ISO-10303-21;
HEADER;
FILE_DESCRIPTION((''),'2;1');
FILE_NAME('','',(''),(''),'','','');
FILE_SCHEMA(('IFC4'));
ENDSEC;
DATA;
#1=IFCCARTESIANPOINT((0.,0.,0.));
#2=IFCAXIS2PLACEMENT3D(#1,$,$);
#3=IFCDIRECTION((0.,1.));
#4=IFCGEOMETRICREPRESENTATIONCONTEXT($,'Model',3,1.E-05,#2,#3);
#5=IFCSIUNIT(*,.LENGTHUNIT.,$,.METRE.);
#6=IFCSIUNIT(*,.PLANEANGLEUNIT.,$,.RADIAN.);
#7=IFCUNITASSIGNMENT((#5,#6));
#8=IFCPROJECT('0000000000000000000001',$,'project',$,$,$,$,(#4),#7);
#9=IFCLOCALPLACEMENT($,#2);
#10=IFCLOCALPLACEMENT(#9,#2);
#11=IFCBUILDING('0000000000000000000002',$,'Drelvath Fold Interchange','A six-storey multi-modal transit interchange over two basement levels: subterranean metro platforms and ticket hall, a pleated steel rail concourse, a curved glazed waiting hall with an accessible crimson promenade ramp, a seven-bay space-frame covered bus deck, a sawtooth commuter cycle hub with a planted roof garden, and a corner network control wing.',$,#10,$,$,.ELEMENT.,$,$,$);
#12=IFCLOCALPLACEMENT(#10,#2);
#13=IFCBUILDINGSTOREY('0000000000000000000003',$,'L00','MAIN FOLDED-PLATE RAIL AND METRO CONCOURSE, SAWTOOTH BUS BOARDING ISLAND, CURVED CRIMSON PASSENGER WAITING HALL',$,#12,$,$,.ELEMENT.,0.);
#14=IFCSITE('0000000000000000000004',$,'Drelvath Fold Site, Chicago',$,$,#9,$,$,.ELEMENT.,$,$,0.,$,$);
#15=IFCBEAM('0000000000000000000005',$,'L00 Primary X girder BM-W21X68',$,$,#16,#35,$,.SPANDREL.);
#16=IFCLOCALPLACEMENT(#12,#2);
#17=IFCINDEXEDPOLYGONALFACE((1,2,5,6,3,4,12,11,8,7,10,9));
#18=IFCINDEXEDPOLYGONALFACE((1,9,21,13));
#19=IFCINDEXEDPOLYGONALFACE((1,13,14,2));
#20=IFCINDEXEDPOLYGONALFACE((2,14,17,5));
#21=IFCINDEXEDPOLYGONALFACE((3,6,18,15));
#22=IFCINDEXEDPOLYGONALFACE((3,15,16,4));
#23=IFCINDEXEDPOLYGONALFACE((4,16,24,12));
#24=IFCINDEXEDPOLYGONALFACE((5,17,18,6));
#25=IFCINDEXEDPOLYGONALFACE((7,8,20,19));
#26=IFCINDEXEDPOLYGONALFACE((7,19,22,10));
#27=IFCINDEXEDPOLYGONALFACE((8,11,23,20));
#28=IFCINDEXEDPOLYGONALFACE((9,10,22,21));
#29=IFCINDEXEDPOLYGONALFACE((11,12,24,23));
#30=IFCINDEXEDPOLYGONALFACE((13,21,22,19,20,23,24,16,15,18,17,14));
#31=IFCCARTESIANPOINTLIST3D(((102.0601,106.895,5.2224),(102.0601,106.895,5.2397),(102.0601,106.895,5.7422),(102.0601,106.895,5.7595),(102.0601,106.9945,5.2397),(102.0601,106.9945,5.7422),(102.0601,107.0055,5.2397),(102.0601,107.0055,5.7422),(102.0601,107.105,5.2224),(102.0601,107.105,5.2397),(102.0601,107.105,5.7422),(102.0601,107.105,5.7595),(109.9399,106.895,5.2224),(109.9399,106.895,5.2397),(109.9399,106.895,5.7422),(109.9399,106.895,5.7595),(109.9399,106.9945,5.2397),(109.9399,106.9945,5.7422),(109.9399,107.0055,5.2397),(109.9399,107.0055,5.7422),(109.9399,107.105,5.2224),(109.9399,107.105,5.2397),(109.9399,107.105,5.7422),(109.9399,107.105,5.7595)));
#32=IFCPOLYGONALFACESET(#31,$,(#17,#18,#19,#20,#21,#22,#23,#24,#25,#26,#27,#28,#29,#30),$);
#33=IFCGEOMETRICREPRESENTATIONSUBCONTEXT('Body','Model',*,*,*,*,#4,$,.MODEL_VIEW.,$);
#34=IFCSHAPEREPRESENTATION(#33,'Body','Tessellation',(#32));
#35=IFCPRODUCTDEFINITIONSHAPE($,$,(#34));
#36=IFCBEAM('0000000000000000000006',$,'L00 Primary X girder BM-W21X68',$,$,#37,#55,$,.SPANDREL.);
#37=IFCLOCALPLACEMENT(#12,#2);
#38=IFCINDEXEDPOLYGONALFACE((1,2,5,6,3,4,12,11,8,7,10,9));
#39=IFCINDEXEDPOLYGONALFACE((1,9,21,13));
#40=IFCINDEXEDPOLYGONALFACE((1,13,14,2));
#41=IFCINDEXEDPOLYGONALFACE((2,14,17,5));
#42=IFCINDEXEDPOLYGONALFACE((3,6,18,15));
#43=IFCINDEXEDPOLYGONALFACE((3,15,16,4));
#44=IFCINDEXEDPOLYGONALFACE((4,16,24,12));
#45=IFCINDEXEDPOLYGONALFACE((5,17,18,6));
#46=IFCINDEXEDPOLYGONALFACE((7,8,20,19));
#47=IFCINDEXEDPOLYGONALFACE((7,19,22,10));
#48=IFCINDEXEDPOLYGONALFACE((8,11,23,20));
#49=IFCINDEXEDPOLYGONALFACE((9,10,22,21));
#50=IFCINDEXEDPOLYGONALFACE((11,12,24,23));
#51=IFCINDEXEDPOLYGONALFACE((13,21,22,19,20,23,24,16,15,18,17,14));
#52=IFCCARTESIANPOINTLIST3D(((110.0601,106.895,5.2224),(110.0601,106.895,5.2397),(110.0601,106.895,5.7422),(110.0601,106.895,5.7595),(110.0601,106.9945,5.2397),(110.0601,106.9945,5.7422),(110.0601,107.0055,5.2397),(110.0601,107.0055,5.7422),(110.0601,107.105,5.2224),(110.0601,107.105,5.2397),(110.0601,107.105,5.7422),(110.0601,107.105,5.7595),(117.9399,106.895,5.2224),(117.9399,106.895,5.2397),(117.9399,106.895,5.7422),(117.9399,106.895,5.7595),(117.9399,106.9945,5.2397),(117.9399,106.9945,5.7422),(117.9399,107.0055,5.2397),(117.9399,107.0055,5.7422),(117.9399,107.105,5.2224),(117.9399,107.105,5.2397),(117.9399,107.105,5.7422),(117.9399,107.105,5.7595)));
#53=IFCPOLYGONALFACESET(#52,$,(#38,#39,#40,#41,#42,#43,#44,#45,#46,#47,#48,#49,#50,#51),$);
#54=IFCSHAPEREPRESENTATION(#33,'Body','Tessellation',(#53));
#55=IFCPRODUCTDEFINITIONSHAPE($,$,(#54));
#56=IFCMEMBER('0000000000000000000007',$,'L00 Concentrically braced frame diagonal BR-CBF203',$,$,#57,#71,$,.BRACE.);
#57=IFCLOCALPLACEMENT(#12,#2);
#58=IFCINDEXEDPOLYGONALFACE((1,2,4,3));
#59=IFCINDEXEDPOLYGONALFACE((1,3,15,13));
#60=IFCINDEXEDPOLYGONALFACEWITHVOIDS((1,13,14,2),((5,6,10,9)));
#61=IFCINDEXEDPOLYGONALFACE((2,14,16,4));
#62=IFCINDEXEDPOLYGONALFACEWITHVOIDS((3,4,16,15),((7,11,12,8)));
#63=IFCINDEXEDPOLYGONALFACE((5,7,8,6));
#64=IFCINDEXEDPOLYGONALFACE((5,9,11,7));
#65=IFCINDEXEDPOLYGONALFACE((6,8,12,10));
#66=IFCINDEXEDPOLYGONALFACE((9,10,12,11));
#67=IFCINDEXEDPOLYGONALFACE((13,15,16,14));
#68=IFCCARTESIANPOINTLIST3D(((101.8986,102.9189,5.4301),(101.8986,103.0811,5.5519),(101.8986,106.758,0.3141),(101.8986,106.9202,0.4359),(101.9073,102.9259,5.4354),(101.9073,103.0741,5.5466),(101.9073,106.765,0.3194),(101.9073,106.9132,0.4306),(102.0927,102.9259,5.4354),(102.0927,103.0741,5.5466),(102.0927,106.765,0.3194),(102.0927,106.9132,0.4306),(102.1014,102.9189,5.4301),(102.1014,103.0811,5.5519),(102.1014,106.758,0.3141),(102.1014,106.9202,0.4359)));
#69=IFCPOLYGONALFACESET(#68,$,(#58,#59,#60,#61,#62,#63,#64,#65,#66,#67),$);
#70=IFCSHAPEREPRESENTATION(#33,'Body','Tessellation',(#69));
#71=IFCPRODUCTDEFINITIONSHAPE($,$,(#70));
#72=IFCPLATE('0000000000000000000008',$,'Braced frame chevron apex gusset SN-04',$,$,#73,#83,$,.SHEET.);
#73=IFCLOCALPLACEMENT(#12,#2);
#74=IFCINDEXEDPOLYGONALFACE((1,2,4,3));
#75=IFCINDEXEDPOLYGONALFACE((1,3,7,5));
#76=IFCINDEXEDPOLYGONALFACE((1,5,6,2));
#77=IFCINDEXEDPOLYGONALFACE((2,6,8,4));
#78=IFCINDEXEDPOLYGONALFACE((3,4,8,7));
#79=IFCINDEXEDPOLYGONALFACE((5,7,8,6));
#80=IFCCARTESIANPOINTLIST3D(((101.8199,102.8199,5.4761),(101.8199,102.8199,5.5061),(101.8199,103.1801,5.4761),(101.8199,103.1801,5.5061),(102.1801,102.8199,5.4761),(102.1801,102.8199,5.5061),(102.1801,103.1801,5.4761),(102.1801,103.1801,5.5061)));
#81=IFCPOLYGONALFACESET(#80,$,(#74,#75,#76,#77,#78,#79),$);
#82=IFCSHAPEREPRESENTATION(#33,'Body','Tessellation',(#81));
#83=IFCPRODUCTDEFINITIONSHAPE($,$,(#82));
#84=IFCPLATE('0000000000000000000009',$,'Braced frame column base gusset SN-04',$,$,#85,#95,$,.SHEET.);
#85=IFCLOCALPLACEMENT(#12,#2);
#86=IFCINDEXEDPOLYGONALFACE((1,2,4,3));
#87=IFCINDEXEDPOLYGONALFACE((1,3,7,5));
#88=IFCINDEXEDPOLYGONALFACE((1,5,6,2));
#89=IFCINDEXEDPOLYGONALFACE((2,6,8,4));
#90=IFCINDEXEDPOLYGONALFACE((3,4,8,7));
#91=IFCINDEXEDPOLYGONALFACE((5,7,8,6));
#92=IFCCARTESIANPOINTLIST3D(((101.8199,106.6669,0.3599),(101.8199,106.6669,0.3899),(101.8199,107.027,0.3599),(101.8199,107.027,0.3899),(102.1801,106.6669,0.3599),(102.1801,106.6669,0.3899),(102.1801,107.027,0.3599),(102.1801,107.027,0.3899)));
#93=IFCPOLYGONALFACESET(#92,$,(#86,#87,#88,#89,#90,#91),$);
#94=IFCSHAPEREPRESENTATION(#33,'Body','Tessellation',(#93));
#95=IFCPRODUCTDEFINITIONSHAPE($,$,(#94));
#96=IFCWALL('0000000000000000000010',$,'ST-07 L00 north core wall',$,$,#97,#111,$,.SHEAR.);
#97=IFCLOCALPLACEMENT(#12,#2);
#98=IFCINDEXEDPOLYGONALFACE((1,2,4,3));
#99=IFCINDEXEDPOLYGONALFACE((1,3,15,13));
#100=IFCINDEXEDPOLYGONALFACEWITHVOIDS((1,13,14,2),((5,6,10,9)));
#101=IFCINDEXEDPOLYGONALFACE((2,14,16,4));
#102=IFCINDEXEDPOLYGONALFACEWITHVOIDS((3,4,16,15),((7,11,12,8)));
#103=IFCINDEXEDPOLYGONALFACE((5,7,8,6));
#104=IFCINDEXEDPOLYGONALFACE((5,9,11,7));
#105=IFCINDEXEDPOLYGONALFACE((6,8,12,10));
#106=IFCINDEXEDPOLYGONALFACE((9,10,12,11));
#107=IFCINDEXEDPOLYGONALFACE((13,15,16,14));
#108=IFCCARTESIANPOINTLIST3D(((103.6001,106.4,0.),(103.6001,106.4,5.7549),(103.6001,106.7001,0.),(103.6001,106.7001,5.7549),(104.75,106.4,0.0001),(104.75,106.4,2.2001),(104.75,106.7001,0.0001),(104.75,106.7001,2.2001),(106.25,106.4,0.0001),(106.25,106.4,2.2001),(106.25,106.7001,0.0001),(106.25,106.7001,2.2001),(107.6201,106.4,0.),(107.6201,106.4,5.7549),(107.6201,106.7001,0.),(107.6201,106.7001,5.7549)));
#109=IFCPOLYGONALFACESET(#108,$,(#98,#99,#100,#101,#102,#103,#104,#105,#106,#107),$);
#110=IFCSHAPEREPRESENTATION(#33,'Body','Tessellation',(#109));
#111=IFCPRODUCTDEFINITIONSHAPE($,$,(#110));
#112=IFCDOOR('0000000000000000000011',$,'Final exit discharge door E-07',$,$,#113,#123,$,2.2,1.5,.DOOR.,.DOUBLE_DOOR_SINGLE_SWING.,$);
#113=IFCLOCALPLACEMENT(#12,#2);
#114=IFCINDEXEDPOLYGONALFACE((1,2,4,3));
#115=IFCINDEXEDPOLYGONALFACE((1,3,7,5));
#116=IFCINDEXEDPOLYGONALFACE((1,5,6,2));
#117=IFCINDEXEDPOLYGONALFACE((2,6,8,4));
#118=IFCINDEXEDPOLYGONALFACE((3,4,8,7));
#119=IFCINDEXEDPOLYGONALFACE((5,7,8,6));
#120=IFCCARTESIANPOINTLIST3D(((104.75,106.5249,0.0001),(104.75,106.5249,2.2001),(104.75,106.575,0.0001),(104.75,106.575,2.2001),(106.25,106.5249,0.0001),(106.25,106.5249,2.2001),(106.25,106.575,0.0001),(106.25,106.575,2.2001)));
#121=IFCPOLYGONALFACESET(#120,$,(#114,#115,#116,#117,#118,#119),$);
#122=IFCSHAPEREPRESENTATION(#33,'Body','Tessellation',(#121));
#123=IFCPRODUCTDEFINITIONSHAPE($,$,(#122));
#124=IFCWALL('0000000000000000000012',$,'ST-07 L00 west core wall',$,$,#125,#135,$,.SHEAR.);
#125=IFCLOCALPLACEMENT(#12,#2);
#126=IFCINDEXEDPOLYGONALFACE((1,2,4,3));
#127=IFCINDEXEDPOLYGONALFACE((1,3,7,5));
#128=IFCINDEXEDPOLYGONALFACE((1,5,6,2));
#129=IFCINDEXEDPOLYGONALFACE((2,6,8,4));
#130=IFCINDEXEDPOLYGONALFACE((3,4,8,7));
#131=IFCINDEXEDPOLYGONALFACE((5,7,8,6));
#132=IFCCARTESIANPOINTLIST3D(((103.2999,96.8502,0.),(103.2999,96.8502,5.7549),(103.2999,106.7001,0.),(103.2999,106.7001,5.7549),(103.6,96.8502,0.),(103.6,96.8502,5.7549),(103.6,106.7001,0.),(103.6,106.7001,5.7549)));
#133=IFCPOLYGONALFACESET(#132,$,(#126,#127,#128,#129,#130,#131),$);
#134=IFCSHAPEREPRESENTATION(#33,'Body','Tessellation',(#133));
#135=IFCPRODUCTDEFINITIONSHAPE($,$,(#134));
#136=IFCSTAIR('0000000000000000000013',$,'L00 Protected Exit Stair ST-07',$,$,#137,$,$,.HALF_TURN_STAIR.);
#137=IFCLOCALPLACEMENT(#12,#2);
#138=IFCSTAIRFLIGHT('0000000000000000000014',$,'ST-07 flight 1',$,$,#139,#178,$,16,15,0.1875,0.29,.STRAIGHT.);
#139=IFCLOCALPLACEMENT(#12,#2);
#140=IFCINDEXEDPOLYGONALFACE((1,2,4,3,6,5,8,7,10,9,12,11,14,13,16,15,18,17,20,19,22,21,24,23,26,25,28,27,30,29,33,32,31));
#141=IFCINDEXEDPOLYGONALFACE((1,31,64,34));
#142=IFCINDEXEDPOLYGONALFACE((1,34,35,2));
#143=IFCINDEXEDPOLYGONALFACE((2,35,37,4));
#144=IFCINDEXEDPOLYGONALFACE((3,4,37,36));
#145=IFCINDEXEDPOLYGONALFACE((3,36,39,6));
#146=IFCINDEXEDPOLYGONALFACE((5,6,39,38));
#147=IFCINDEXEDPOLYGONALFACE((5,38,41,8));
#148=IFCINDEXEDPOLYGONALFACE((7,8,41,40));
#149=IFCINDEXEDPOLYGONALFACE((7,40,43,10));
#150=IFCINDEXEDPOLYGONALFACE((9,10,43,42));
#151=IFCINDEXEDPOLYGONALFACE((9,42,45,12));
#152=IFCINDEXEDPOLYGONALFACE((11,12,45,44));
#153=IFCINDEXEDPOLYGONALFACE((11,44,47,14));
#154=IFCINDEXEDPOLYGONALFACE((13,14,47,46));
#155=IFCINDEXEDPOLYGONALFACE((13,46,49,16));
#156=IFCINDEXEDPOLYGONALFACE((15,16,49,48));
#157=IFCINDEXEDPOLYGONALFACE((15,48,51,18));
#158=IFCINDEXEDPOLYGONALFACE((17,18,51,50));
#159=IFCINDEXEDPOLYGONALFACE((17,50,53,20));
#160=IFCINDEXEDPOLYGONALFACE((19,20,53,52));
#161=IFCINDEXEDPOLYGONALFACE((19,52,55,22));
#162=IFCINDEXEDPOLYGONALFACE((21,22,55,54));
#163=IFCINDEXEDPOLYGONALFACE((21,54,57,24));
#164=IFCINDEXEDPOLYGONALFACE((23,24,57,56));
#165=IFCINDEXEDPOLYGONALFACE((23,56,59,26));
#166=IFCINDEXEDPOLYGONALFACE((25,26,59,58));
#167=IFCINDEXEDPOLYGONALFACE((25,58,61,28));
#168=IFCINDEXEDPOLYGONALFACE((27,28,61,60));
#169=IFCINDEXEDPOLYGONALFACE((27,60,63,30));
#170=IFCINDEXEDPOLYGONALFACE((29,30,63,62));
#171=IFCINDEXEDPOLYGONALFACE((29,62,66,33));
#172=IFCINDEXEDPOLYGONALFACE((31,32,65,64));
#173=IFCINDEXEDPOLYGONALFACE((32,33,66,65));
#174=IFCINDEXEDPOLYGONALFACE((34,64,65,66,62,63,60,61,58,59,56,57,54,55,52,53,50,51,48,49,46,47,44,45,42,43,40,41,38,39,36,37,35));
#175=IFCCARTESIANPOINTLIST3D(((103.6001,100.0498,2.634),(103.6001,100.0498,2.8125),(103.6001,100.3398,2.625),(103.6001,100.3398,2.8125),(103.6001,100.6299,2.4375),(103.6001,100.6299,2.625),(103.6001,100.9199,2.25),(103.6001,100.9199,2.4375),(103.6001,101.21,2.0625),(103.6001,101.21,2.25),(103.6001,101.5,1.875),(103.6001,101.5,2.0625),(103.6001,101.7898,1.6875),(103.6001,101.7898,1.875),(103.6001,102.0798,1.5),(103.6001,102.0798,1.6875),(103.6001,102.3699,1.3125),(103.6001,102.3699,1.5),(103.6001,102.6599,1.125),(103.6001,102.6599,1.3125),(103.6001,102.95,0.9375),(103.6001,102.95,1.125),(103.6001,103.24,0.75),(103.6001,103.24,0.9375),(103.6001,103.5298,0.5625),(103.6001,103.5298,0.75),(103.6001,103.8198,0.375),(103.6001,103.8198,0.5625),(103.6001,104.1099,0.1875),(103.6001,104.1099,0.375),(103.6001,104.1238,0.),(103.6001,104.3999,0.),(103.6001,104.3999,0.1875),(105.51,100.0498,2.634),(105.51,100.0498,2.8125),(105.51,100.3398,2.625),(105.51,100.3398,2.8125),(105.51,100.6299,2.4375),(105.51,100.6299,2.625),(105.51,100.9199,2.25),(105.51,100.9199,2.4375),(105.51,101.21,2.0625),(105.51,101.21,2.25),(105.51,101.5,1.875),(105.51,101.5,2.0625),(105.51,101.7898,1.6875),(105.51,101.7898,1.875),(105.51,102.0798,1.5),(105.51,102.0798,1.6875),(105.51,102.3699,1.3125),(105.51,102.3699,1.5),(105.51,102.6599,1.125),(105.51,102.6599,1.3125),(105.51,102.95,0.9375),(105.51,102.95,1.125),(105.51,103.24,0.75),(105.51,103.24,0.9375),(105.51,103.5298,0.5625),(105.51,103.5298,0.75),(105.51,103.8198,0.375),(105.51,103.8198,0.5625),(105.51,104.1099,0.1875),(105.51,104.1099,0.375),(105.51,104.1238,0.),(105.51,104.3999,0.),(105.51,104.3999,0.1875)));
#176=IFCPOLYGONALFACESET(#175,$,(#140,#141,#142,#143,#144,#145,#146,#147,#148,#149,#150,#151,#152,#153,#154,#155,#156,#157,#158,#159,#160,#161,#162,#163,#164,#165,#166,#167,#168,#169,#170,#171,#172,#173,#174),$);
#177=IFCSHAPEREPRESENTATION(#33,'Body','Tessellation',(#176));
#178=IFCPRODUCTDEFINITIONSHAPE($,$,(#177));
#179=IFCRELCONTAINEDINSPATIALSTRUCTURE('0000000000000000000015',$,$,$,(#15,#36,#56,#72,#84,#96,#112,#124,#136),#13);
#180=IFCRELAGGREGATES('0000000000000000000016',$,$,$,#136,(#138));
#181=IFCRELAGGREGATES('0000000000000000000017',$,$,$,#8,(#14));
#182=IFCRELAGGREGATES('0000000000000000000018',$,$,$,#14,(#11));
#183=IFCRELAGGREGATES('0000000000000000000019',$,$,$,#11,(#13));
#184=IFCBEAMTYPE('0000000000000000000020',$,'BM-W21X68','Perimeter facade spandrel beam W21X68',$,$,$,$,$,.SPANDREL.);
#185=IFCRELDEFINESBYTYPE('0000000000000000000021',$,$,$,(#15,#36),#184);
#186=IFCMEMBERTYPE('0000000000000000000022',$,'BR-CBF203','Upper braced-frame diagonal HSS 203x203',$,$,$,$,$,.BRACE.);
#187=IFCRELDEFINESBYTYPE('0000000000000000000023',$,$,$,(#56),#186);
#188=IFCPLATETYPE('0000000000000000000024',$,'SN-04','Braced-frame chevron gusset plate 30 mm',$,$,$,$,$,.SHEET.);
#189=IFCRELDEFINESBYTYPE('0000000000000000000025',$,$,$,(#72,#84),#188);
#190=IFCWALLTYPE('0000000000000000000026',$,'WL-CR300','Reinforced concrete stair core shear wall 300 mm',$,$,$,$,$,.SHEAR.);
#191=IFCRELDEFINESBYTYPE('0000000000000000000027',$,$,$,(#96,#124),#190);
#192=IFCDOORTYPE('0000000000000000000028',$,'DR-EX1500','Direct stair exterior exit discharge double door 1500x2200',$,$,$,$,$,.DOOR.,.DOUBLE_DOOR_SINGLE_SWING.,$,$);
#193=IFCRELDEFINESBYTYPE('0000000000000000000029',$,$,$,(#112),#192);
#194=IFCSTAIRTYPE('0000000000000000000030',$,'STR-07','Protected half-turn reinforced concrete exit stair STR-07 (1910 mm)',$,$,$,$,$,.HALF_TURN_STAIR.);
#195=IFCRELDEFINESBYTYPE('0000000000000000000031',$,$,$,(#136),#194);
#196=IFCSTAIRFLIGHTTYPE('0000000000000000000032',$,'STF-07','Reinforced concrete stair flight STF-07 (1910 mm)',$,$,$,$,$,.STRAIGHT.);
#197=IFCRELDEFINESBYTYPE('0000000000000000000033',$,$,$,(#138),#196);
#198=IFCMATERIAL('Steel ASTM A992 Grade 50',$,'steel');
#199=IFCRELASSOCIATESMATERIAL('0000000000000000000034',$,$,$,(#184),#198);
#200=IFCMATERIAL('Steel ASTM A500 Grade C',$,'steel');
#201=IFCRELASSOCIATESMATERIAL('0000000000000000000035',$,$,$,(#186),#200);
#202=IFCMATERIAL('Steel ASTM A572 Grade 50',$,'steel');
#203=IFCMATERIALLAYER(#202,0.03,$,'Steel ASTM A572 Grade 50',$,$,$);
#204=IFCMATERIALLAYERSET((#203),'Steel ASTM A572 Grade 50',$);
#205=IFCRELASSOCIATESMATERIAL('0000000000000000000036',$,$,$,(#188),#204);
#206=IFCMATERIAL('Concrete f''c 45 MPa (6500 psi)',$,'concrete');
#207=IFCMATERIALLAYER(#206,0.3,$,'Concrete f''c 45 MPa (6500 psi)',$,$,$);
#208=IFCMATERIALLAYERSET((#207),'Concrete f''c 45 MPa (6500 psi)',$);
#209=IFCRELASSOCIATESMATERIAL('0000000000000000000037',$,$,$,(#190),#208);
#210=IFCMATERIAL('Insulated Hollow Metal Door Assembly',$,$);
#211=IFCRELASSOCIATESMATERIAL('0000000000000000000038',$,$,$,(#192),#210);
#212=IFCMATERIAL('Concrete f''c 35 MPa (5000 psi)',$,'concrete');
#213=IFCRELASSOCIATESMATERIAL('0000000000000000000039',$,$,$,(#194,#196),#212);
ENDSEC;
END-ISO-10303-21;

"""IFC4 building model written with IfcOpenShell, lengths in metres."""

from ifc_helpers import new_model, si_unit, direction, frame, frame_2d, origin, origin_2d, place, context, subcontext, project, spatial, polyline, rectangle, hollow_rectangle, i_section, outline, extrude, material, layer, layer_set, material_profile, profile_set, type_object, element, fill, aggregate, save


model = new_model("IFC4")

# Units and contexts
model_context = context("Model", 3, precision=1e-05, world=origin(), true_north=direction((0.0, 1.0)))
body_context = subcontext(model_context, "Body", "Model", "MODEL_VIEW")
ifc_project = project(units=[si_unit("LENGTHUNIT", "METRE"), si_unit("PLANEANGLEUNIT", "RADIAN")], contexts=[model_context])

# Site, building, storey
site_placement = place(None, origin())
site = spatial("IfcSite", under=ifc_project, at=site_placement, Name="Drelvath Fold Site, Chicago", CompositionType="ELEMENT", RefElevation=0.0)
building_placement = place(site_placement, origin())
building = spatial("IfcBuilding", under=site, at=building_placement, Name="Drelvath Fold Interchange", Description="A six-storey multi-modal transit interchange over two basement levels: subterranean metro platforms and ticket hall, a pleated steel rail concourse, a curved glazed waiting hall with an accessible crimson promenade ramp, a seven-bay space-frame covered bus deck, a sawtooth commuter cycle hub with a planted roof garden, and a corner network control wing.", CompositionType="ELEMENT")
storey_placement = place(building_placement, origin())
storey = spatial("IfcBuildingStorey", under=building, at=storey_placement, Name="L00", Description="MAIN FOLDED-PLATE RAIL AND METRO CONCOURSE, SAWTOOTH BUS BOARDING ISLAND, CURVED CRIMSON PASSENGER WAITING HALL", CompositionType="ELEMENT", Elevation=0.0)

# Shared definitions
ifc_material_1 = material(Name="Concrete f'c 45 MPa (6500 psi)", Category="concrete")

# Shared definitions
ifc_material_2 = material(Name="Steel ASTM A500 Grade C", Category="steel")

# Beams
ifc_material_3 = material(Name="Steel ASTM A992 Grade 50", Category="steel")
ifc_material_profile_1 = material_profile(ifc_material_3, i_section(OverallWidth=0.21, OverallDepth=0.5371, WebThickness=0.011, FlangeThickness=0.0173, at=origin_2d()), Name="W21X68")
ifc_profile_set_1 = profile_set([ifc_material_profile_1], Name="Steel ASTM A992 Grade 50")
beam_type_1 = type_object("IfcBeamType", Name="BM-W21X68", Description="Perimeter facade spandrel beam W21X68", PredefinedType="SPANDREL", material=ifc_profile_set_1)
for number, where, z_axis, x_axis, name in (
    (1, (102.0601, 107.0, 5.491), (1.0, 0.0, 0.0), (0.0, 1.0, 0.0), "L00 Primary X girder BM-W21X68"),
    (2, (110.0601, 107.0, 5.491), (1.0, 0.0, 0.0), (0.0, 1.0, 0.0), "L00 Primary X girder BM-W21X68"),
):
    element("IfcBeam", number, at=place(storey_placement, frame(where, z_axis=z_axis, x_axis=x_axis)), inside=storey, type_object=beam_type_1, Name=name, PredefinedType="SPANDREL", context=body_context, shape_type="SweptSolid", body=[
        extrude(i_section(OverallWidth=0.21, OverallDepth=0.5371, WebThickness=0.011, FlangeThickness=0.0173, at=origin_2d()), origin(), (0.0, 0.0, 1.0), 7.8799),
    ])

# Member
ifc_material_profile_2 = material_profile(ifc_material_2, hollow_rectangle(XDim=0.2029, YDim=0.2029, WallThickness=0.0088, at=origin_2d()), Name="HSS8X8X3/8")
ifc_profile_set_2 = profile_set([ifc_material_profile_2], Name="Steel ASTM A500 Grade C")
member_type = type_object("IfcMemberType", Name="BR-CBF203", Description="Upper braced-frame diagonal HSS 203x203", PredefinedType="BRACE", material=ifc_profile_set_2)
member_placement = place(storey_placement, frame((102.0, 106.8391, 0.375), z_axis=(0.0, -0.600214, 0.79984), x_axis=(1.0, 0.0, 0.0)))
element("IfcMember", 3, at=member_placement, inside=storey, type_object=member_type, Name="L00 Concentrically braced frame diagonal BR-CBF203", PredefinedType="BRACE", context=body_context, shape_type="SweptSolid", body=[
    extrude(hollow_rectangle(XDim=0.2029, YDim=0.2029, WallThickness=0.0088, at=origin_2d()), origin(), (0.0, 0.0, 1.0), 6.3962),
])

# Plates
ifc_material_4 = material(Name="Steel ASTM A572 Grade 50", Category="steel")
ifc_layer_1 = layer(ifc_material_4, 0.03, Name="Steel ASTM A572 Grade 50")
ifc_layer_set_1 = layer_set([ifc_layer_1], Name="Steel ASTM A572 Grade 50")
plate_type = type_object("IfcPlateType", Name="SN-04", Description="Braced-frame chevron gusset plate 30 mm", PredefinedType="SHEET", material=ifc_layer_set_1)
for number, where, z_axis, x_axis, name in (
    (4, (102.0, 103.0, 5.4761), (0.0, 0.0, 1.0), (1.0, 0.0, 0.0), "Braced frame chevron apex gusset SN-04"),
    (5, (102.0, 106.8469, 0.3599), (0.0, 0.0, 1.0), (1.0, 0.0, 0.0), "Braced frame column base gusset SN-04"),
):
    element("IfcPlate", number, at=place(storey_placement, frame(where, z_axis=z_axis, x_axis=x_axis)), inside=storey, type_object=plate_type, Name=name, PredefinedType="SHEET", context=body_context, shape_type="SweptSolid", body=[
        extrude(rectangle(XDim=0.3601, YDim=0.3601, at=origin_2d()), origin(), (0.0, 0.0, 1.0), 0.03),
    ])

# Wall, opening, door
ifc_layer_2 = layer(ifc_material_1, 0.3, Name="Concrete f'c 45 MPa (6500 psi)")
ifc_layer_set_2 = layer_set([ifc_layer_2], Name="Concrete f'c 45 MPa (6500 psi)")
wall_type = type_object("IfcWallType", Name="WL-CR300", Description="Reinforced concrete stair core shear wall 300 mm", PredefinedType="SHEAR", material=ifc_layer_set_2)
wall_1_placement = place(storey_placement, frame((107.6201, 106.55, 0.0), z_axis=(0.0, 0.0, 1.0), x_axis=(-1.0, 0.0, 0.0)))
wall_1 = element("IfcWall", 6, at=wall_1_placement, inside=storey, type_object=wall_type, Name="ST-07 L00 north core wall", PredefinedType="SHEAR", context=body_context, shape_type="SweptSolid", body=[
    extrude(rectangle(XDim=4.02, YDim=0.3, at=frame_2d((2.01, 0.0))), origin(), (0.0, 0.0, 1.0), 5.7549),
])
opening_placement = place(wall_1_placement, frame((1.3701, 0.0, 0.0)))
opening = element("IfcOpeningElement", 7, at=opening_placement, cuts=wall_1, PredefinedType="OPENING", context=body_context, shape_type="SweptSolid", body=[
    extrude(rectangle(XDim=1.5, YDim=2.2, at=frame_2d((0.75, 1.1001))), frame((0.0, 0.1599, 0.0), z_axis=(0.0, -1.0, 0.0), x_axis=(1.0, 0.0, 0.0)), (0.0, 0.0, 1.0), 0.3201),
])
ifc_material_5 = material(Name="Insulated Hollow Metal Door Assembly")
door_type = type_object("IfcDoorType", Name="DR-EX1500", Description="Direct stair exterior exit discharge double door 1500x2200", OperationType="DOUBLE_DOOR_SINGLE_SWING", PredefinedType="DOOR", material=ifc_material_5)
door_placement = place(opening_placement, frame((1.5, 0.0, 0.0), z_axis=(0.0, 0.0, 1.0), x_axis=(-1.0, 0.0, 0.0)))
door = element("IfcDoor", 8, at=door_placement, inside=storey, type_object=door_type, Name="Final exit discharge door E-07", OperationType="DOUBLE_DOOR_SINGLE_SWING", OverallHeight=2.2, OverallWidth=1.5, PredefinedType="DOOR", context=body_context, shape_type="SweptSolid", body=[
    extrude(rectangle(XDim=1.5, YDim=2.2, at=frame_2d((0.75, 1.1001))), frame((0.0, 0.0249, 0.0), z_axis=(0.0, -1.0, 0.0), x_axis=(1.0, 0.0, 0.0)), (0.0, 0.0, 1.0), 0.05),
])
fill(opening, door)

# Wall
wall_2_placement = place(storey_placement, frame((103.45, 106.7, 0.0), z_axis=(0.0, 0.0, 1.0), x_axis=(0.0, -1.0, 0.0)))
element("IfcWall", 9, at=wall_2_placement, inside=storey, type_object=wall_type, Name="ST-07 L00 west core wall", PredefinedType="SHEAR", context=body_context, shape_type="SweptSolid", body=[
    extrude(rectangle(XDim=9.8499, YDim=0.3, at=frame_2d((4.9248, 0.0))), origin(), (0.0, 0.0, 1.0), 5.7549),
])

# Stair, stair flight
ifc_material_6 = material(Name="Concrete f'c 35 MPa (5000 psi)", Category="concrete")
stair_type = type_object("IfcStairType", Name="STR-07", Description="Protected half-turn reinforced concrete exit stair STR-07 (1910 mm)", PredefinedType="HALF_TURN_STAIR", material=ifc_material_6)
stair_placement = place(storey_placement, origin())
stair = element("IfcStair", 10, at=stair_placement, inside=storey, type_object=stair_type, Name="L00 Protected Exit Stair ST-07", PredefinedType="HALF_TURN_STAIR")
stair_flight_type = type_object("IfcStairFlightType", Name="STF-07", Description="Reinforced concrete stair flight STF-07 (1910 mm)", PredefinedType="STRAIGHT", material=ifc_material_6)
stair_flight_1_placement = place(storey_placement, frame((104.5549, 104.3999, 0.0), z_axis=(0.0, 0.0, 1.0), x_axis=(0.0, -1.0, 0.0)))
stair_flight_1 = element("IfcStairFlight", 11, at=stair_flight_1_placement, type_object=stair_flight_type, Name="ST-07 flight 1", NumberOfRisers=16, NumberOfTreads=15, PredefinedType="STRAIGHT", RiserHeight=0.1875, TreadLength=0.29, context=body_context, shape_type="SweptSolid", body=[
    extrude(outline(polyline([(0.0, 0.0), (0.0, 0.1875), (0.29, 0.1875), (0.29, 0.375), (0.5801, 0.375), (0.5801, 0.5625), (0.8701, 0.5625), (0.8701, 0.75), (1.1599, 0.75), (1.1599, 0.9375), (1.45, 0.9375), (1.45, 1.125), (1.74, 1.125), (1.74, 1.3125), (2.03, 1.3125), (2.03, 1.5), (2.3201, 1.5), (2.3201, 1.6875), (2.6101, 1.6875), (2.6101, 1.875), (2.8999, 1.875), (2.8999, 2.0625), (3.1899, 2.0625), (3.1899, 2.25), (3.48, 2.25), (3.48, 2.4375), (3.77, 2.4375), (3.77, 2.625), (4.0601, 2.625), (4.0601, 2.8125), (4.3501, 2.8125), (4.3501, 3.0), (4.3501, 2.634), (0.2761, 0.0), (0.0, 0.0)])), frame((0.0, 0.9551, 0.0), z_axis=(0.0, -1.0, 0.0), x_axis=(1.0, 0.0, 0.0)), (0.0, 0.0, 1.0), 1.9099),
])
aggregate(stair, [stair_flight_1])

save(model, "model.ifc")
